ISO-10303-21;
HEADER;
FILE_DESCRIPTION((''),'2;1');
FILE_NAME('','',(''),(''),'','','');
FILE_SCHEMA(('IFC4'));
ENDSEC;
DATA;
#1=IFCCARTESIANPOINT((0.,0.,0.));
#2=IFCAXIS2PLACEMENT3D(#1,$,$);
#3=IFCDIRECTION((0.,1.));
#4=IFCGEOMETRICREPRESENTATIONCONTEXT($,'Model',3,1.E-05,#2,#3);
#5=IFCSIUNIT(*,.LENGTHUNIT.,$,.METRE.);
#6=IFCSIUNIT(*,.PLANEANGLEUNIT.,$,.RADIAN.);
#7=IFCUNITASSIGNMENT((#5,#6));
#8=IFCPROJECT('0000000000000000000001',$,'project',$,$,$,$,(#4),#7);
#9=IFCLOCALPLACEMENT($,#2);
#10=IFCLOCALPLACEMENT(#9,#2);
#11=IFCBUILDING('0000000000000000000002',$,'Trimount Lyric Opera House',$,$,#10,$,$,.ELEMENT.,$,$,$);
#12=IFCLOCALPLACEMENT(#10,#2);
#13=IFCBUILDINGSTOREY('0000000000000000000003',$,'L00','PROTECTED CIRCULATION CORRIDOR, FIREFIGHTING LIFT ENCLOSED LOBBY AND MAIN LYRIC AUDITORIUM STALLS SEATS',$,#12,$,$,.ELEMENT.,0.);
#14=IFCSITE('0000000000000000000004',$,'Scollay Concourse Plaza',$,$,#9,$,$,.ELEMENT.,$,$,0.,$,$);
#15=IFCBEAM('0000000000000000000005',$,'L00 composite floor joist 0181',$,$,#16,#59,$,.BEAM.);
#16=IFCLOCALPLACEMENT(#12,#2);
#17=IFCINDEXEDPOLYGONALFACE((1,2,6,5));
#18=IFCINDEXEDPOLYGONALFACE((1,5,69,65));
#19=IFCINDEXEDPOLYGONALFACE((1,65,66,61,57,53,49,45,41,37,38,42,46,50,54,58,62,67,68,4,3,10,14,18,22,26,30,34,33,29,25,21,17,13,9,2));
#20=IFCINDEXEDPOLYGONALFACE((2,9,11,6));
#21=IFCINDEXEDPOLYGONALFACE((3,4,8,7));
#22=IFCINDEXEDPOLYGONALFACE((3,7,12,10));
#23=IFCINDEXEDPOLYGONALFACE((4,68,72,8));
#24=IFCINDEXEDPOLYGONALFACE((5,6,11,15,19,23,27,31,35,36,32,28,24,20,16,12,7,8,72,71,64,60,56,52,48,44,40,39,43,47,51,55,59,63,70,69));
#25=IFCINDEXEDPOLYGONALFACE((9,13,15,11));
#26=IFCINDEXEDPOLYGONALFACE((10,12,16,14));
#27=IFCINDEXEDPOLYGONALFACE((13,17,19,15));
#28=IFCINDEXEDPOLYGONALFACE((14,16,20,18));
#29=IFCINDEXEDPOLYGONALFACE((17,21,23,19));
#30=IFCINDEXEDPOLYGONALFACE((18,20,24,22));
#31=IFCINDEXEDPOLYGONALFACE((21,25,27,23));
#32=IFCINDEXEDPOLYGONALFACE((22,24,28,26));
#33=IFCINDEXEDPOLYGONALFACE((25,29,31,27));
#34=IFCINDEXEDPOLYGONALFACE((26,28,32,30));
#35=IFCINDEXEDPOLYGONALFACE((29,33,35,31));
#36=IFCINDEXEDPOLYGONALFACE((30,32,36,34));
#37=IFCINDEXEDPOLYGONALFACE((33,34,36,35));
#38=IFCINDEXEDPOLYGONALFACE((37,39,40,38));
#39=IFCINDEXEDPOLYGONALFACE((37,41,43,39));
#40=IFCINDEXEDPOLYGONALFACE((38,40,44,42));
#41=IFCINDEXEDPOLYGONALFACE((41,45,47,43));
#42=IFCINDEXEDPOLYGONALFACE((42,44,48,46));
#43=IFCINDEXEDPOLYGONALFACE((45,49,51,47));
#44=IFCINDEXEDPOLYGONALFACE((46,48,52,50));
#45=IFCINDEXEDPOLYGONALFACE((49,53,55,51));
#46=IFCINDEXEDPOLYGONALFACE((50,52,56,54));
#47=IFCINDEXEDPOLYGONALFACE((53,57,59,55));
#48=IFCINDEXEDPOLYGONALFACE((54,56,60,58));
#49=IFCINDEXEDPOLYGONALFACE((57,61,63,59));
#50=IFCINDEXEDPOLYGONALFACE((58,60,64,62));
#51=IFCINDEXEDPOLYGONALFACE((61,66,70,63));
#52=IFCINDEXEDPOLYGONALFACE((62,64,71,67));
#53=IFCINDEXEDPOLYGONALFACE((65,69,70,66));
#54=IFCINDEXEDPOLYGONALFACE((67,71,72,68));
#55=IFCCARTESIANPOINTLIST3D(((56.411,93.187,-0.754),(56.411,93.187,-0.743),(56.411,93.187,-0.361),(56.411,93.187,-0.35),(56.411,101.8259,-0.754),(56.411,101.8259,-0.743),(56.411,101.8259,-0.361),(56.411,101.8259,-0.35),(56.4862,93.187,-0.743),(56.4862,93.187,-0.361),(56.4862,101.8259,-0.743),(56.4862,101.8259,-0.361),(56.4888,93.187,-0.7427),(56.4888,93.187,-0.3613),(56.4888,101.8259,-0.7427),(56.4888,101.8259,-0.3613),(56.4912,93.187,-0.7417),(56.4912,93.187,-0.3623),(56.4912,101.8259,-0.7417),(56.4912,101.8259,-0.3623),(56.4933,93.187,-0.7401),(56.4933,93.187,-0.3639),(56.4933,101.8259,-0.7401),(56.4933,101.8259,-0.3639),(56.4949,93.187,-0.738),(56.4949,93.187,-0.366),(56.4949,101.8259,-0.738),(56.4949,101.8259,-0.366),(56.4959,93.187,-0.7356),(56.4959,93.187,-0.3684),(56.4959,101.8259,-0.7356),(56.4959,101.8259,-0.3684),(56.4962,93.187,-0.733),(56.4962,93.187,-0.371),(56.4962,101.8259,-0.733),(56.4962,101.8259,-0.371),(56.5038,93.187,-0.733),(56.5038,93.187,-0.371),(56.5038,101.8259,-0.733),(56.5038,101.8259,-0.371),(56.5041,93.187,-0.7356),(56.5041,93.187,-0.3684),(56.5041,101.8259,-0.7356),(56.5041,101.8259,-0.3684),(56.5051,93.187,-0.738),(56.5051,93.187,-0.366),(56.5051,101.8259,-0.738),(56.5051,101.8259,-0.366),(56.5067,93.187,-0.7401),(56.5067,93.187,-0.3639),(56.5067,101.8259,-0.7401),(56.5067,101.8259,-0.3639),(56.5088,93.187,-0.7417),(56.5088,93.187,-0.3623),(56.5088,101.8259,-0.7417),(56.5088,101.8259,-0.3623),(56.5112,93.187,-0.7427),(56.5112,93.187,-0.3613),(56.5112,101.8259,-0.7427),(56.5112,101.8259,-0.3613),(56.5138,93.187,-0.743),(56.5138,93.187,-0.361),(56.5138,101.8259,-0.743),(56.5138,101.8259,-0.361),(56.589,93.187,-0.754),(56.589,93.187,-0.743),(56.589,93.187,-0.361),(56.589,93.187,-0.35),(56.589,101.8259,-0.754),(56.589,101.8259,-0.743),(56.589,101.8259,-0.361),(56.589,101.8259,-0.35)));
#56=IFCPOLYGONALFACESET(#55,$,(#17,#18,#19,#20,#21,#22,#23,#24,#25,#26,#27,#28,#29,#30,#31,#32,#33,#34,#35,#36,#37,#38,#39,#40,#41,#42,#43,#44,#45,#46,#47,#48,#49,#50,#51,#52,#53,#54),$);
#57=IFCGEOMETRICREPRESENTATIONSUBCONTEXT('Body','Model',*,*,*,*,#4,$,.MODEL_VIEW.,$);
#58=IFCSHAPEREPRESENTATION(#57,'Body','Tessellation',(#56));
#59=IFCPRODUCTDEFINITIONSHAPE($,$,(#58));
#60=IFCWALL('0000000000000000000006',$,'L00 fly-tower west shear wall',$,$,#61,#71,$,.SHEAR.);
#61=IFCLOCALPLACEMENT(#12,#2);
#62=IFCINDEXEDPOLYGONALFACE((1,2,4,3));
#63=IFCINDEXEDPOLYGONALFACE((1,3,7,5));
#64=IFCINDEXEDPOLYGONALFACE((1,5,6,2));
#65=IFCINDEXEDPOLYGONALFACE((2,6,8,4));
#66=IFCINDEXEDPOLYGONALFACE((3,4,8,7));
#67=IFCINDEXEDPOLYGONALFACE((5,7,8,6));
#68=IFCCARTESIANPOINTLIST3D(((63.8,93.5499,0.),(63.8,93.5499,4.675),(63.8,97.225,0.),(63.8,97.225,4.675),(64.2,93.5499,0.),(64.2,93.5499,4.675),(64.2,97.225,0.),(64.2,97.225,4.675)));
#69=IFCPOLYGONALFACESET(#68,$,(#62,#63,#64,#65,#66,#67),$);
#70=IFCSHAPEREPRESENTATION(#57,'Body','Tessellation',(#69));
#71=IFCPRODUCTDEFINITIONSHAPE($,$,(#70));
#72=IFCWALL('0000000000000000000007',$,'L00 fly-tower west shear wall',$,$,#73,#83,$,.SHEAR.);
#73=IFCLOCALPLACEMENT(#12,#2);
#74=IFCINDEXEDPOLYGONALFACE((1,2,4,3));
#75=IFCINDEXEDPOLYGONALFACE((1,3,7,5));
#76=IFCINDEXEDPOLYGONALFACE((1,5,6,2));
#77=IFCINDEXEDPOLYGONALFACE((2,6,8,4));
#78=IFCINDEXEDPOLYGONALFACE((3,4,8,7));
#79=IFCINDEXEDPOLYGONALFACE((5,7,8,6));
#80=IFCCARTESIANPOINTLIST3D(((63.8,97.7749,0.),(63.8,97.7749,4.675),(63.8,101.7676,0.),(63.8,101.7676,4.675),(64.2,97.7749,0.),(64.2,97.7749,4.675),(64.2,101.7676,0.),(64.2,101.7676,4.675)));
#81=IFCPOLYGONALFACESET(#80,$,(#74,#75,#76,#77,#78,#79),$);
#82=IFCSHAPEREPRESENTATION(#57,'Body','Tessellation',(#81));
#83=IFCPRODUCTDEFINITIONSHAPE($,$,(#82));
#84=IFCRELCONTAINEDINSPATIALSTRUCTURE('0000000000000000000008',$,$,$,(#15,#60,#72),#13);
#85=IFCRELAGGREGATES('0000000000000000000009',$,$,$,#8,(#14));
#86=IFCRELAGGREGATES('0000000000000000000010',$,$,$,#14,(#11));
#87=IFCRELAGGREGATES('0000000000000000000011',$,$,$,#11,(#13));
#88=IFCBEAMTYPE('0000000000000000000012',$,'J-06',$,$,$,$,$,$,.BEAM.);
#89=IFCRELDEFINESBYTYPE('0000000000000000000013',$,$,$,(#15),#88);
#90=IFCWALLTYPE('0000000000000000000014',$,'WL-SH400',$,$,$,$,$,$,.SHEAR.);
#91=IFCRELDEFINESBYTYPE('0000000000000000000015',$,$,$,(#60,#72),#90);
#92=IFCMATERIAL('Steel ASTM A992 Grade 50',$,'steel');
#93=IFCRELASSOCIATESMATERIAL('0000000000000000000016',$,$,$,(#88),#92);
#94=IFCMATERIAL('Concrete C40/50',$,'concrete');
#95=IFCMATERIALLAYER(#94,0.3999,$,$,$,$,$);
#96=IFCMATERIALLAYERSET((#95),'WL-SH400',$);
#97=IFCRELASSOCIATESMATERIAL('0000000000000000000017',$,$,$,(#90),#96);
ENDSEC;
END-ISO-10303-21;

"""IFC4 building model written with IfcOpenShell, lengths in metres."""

from ifc_helpers import new_model, si_unit, direction, frame, frame_2d, origin, origin_2d, place, context, subcontext, project, spatial, rectangle, i_section, extrude, material, layer, layer_set, material_profile, profile_set, type_object, element, save


model = new_model("IFC4")

# Units and contexts
model_context = context("Model", 3, precision=1e-05, world=origin(), true_north=direction((0.0, 1.0)))
body_context = subcontext(model_context, "Body", "Model", "MODEL_VIEW")
ifc_project = project(units=[si_unit("LENGTHUNIT", "METRE"), si_unit("PLANEANGLEUNIT", "RADIAN")], contexts=[model_context])

# Site, building, storey
site_placement = place(None, origin())
site = spatial("IfcSite", under=ifc_project, at=site_placement, Name="Scollay Concourse Plaza", CompositionType="ELEMENT", RefElevation=0.0)
building_placement = place(site_placement, origin())
building = spatial("IfcBuilding", under=site, at=building_placement, Name="Trimount Lyric Opera House", CompositionType="ELEMENT")
storey_placement = place(building_placement, origin())
storey = spatial("IfcBuildingStorey", under=building, at=storey_placement, Name="L00", Description="PROTECTED CIRCULATION CORRIDOR, FIREFIGHTING LIFT ENCLOSED LOBBY AND MAIN LYRIC AUDITORIUM STALLS SEATS", CompositionType="ELEMENT", Elevation=0.0)

# Beam
ifc_material_1 = material(Name="Steel ASTM A992 Grade 50", Category="steel")
ifc_material_profile_1 = material_profile(ifc_material_1, i_section(OverallWidth=0.178, OverallDepth=0.4041, WebThickness=0.0076, FlangeThickness=0.011, FilletRadius=0.01, at=origin_2d()), Name="W16X36")
ifc_profile_set_1 = profile_set([ifc_material_profile_1], Name="Steel ASTM A992 Grade 50")
beam_type_1 = type_object("IfcBeamType", Name="J-06", PredefinedType="BEAM", material=ifc_profile_set_1)
beam_1_placement = place(storey_placement, frame((56.5, 93.187, -0.552), z_axis=(0.0, 1.0, 0.0), x_axis=(-1.0, 0.0, 0.0)))
element("IfcBeam", 1, at=beam_1_placement, inside=storey, type_object=beam_type_1, Name="L00 composite floor joist 0181", PredefinedType="BEAM", context=body_context, shape_type="SweptSolid", body=[
    extrude(i_section(OverallWidth=0.178, OverallDepth=0.4041, WebThickness=0.0076, FlangeThickness=0.011, FilletRadius=0.01, at=origin_2d()), origin(), (0.0, 0.0, 1.0), 8.6389),
])

# Walls
ifc_material_2 = material(Name="Concrete C40/50", Category="concrete")
ifc_layer = layer(ifc_material_2, 0.3999)
ifc_layer_set = layer_set([ifc_layer], Name="WL-SH400")
wall_type = type_object("IfcWallType", Name="WL-SH400", PredefinedType="SHEAR", material=ifc_layer_set)
wall_1_placement = place(storey_placement, frame((64.0, 93.55, 0.0), z_axis=(0.0, 0.0, 1.0), x_axis=(0.0, 1.0, 0.0)))
element("IfcWall", 2, at=wall_1_placement, inside=storey, type_object=wall_type, Name="L00 fly-tower west shear wall", PredefinedType="SHEAR", context=body_context, shape_type="SweptSolid", body=[
    extrude(rectangle(XDim=3.675, YDim=0.3999, at=frame_2d((1.8374, 0.0))), origin(), (0.0, 0.0, 1.0), 4.675),
])
wall_2_placement = place(storey_placement, frame((64.0, 97.7749, 0.0), z_axis=(0.0, 0.0, 1.0), x_axis=(0.0, 1.0, 0.0)))
element("IfcWall", 3, at=wall_2_placement, inside=storey, type_object=wall_type, Name="L00 fly-tower west shear wall", PredefinedType="SHEAR", context=body_context, shape_type="SweptSolid", body=[
    extrude(rectangle(XDim=3.9927, YDim=0.3999, at=frame_2d((1.9963, 0.0))), origin(), (0.0, 0.0, 1.0), 4.675),
])

save(model, "model.ifc")
